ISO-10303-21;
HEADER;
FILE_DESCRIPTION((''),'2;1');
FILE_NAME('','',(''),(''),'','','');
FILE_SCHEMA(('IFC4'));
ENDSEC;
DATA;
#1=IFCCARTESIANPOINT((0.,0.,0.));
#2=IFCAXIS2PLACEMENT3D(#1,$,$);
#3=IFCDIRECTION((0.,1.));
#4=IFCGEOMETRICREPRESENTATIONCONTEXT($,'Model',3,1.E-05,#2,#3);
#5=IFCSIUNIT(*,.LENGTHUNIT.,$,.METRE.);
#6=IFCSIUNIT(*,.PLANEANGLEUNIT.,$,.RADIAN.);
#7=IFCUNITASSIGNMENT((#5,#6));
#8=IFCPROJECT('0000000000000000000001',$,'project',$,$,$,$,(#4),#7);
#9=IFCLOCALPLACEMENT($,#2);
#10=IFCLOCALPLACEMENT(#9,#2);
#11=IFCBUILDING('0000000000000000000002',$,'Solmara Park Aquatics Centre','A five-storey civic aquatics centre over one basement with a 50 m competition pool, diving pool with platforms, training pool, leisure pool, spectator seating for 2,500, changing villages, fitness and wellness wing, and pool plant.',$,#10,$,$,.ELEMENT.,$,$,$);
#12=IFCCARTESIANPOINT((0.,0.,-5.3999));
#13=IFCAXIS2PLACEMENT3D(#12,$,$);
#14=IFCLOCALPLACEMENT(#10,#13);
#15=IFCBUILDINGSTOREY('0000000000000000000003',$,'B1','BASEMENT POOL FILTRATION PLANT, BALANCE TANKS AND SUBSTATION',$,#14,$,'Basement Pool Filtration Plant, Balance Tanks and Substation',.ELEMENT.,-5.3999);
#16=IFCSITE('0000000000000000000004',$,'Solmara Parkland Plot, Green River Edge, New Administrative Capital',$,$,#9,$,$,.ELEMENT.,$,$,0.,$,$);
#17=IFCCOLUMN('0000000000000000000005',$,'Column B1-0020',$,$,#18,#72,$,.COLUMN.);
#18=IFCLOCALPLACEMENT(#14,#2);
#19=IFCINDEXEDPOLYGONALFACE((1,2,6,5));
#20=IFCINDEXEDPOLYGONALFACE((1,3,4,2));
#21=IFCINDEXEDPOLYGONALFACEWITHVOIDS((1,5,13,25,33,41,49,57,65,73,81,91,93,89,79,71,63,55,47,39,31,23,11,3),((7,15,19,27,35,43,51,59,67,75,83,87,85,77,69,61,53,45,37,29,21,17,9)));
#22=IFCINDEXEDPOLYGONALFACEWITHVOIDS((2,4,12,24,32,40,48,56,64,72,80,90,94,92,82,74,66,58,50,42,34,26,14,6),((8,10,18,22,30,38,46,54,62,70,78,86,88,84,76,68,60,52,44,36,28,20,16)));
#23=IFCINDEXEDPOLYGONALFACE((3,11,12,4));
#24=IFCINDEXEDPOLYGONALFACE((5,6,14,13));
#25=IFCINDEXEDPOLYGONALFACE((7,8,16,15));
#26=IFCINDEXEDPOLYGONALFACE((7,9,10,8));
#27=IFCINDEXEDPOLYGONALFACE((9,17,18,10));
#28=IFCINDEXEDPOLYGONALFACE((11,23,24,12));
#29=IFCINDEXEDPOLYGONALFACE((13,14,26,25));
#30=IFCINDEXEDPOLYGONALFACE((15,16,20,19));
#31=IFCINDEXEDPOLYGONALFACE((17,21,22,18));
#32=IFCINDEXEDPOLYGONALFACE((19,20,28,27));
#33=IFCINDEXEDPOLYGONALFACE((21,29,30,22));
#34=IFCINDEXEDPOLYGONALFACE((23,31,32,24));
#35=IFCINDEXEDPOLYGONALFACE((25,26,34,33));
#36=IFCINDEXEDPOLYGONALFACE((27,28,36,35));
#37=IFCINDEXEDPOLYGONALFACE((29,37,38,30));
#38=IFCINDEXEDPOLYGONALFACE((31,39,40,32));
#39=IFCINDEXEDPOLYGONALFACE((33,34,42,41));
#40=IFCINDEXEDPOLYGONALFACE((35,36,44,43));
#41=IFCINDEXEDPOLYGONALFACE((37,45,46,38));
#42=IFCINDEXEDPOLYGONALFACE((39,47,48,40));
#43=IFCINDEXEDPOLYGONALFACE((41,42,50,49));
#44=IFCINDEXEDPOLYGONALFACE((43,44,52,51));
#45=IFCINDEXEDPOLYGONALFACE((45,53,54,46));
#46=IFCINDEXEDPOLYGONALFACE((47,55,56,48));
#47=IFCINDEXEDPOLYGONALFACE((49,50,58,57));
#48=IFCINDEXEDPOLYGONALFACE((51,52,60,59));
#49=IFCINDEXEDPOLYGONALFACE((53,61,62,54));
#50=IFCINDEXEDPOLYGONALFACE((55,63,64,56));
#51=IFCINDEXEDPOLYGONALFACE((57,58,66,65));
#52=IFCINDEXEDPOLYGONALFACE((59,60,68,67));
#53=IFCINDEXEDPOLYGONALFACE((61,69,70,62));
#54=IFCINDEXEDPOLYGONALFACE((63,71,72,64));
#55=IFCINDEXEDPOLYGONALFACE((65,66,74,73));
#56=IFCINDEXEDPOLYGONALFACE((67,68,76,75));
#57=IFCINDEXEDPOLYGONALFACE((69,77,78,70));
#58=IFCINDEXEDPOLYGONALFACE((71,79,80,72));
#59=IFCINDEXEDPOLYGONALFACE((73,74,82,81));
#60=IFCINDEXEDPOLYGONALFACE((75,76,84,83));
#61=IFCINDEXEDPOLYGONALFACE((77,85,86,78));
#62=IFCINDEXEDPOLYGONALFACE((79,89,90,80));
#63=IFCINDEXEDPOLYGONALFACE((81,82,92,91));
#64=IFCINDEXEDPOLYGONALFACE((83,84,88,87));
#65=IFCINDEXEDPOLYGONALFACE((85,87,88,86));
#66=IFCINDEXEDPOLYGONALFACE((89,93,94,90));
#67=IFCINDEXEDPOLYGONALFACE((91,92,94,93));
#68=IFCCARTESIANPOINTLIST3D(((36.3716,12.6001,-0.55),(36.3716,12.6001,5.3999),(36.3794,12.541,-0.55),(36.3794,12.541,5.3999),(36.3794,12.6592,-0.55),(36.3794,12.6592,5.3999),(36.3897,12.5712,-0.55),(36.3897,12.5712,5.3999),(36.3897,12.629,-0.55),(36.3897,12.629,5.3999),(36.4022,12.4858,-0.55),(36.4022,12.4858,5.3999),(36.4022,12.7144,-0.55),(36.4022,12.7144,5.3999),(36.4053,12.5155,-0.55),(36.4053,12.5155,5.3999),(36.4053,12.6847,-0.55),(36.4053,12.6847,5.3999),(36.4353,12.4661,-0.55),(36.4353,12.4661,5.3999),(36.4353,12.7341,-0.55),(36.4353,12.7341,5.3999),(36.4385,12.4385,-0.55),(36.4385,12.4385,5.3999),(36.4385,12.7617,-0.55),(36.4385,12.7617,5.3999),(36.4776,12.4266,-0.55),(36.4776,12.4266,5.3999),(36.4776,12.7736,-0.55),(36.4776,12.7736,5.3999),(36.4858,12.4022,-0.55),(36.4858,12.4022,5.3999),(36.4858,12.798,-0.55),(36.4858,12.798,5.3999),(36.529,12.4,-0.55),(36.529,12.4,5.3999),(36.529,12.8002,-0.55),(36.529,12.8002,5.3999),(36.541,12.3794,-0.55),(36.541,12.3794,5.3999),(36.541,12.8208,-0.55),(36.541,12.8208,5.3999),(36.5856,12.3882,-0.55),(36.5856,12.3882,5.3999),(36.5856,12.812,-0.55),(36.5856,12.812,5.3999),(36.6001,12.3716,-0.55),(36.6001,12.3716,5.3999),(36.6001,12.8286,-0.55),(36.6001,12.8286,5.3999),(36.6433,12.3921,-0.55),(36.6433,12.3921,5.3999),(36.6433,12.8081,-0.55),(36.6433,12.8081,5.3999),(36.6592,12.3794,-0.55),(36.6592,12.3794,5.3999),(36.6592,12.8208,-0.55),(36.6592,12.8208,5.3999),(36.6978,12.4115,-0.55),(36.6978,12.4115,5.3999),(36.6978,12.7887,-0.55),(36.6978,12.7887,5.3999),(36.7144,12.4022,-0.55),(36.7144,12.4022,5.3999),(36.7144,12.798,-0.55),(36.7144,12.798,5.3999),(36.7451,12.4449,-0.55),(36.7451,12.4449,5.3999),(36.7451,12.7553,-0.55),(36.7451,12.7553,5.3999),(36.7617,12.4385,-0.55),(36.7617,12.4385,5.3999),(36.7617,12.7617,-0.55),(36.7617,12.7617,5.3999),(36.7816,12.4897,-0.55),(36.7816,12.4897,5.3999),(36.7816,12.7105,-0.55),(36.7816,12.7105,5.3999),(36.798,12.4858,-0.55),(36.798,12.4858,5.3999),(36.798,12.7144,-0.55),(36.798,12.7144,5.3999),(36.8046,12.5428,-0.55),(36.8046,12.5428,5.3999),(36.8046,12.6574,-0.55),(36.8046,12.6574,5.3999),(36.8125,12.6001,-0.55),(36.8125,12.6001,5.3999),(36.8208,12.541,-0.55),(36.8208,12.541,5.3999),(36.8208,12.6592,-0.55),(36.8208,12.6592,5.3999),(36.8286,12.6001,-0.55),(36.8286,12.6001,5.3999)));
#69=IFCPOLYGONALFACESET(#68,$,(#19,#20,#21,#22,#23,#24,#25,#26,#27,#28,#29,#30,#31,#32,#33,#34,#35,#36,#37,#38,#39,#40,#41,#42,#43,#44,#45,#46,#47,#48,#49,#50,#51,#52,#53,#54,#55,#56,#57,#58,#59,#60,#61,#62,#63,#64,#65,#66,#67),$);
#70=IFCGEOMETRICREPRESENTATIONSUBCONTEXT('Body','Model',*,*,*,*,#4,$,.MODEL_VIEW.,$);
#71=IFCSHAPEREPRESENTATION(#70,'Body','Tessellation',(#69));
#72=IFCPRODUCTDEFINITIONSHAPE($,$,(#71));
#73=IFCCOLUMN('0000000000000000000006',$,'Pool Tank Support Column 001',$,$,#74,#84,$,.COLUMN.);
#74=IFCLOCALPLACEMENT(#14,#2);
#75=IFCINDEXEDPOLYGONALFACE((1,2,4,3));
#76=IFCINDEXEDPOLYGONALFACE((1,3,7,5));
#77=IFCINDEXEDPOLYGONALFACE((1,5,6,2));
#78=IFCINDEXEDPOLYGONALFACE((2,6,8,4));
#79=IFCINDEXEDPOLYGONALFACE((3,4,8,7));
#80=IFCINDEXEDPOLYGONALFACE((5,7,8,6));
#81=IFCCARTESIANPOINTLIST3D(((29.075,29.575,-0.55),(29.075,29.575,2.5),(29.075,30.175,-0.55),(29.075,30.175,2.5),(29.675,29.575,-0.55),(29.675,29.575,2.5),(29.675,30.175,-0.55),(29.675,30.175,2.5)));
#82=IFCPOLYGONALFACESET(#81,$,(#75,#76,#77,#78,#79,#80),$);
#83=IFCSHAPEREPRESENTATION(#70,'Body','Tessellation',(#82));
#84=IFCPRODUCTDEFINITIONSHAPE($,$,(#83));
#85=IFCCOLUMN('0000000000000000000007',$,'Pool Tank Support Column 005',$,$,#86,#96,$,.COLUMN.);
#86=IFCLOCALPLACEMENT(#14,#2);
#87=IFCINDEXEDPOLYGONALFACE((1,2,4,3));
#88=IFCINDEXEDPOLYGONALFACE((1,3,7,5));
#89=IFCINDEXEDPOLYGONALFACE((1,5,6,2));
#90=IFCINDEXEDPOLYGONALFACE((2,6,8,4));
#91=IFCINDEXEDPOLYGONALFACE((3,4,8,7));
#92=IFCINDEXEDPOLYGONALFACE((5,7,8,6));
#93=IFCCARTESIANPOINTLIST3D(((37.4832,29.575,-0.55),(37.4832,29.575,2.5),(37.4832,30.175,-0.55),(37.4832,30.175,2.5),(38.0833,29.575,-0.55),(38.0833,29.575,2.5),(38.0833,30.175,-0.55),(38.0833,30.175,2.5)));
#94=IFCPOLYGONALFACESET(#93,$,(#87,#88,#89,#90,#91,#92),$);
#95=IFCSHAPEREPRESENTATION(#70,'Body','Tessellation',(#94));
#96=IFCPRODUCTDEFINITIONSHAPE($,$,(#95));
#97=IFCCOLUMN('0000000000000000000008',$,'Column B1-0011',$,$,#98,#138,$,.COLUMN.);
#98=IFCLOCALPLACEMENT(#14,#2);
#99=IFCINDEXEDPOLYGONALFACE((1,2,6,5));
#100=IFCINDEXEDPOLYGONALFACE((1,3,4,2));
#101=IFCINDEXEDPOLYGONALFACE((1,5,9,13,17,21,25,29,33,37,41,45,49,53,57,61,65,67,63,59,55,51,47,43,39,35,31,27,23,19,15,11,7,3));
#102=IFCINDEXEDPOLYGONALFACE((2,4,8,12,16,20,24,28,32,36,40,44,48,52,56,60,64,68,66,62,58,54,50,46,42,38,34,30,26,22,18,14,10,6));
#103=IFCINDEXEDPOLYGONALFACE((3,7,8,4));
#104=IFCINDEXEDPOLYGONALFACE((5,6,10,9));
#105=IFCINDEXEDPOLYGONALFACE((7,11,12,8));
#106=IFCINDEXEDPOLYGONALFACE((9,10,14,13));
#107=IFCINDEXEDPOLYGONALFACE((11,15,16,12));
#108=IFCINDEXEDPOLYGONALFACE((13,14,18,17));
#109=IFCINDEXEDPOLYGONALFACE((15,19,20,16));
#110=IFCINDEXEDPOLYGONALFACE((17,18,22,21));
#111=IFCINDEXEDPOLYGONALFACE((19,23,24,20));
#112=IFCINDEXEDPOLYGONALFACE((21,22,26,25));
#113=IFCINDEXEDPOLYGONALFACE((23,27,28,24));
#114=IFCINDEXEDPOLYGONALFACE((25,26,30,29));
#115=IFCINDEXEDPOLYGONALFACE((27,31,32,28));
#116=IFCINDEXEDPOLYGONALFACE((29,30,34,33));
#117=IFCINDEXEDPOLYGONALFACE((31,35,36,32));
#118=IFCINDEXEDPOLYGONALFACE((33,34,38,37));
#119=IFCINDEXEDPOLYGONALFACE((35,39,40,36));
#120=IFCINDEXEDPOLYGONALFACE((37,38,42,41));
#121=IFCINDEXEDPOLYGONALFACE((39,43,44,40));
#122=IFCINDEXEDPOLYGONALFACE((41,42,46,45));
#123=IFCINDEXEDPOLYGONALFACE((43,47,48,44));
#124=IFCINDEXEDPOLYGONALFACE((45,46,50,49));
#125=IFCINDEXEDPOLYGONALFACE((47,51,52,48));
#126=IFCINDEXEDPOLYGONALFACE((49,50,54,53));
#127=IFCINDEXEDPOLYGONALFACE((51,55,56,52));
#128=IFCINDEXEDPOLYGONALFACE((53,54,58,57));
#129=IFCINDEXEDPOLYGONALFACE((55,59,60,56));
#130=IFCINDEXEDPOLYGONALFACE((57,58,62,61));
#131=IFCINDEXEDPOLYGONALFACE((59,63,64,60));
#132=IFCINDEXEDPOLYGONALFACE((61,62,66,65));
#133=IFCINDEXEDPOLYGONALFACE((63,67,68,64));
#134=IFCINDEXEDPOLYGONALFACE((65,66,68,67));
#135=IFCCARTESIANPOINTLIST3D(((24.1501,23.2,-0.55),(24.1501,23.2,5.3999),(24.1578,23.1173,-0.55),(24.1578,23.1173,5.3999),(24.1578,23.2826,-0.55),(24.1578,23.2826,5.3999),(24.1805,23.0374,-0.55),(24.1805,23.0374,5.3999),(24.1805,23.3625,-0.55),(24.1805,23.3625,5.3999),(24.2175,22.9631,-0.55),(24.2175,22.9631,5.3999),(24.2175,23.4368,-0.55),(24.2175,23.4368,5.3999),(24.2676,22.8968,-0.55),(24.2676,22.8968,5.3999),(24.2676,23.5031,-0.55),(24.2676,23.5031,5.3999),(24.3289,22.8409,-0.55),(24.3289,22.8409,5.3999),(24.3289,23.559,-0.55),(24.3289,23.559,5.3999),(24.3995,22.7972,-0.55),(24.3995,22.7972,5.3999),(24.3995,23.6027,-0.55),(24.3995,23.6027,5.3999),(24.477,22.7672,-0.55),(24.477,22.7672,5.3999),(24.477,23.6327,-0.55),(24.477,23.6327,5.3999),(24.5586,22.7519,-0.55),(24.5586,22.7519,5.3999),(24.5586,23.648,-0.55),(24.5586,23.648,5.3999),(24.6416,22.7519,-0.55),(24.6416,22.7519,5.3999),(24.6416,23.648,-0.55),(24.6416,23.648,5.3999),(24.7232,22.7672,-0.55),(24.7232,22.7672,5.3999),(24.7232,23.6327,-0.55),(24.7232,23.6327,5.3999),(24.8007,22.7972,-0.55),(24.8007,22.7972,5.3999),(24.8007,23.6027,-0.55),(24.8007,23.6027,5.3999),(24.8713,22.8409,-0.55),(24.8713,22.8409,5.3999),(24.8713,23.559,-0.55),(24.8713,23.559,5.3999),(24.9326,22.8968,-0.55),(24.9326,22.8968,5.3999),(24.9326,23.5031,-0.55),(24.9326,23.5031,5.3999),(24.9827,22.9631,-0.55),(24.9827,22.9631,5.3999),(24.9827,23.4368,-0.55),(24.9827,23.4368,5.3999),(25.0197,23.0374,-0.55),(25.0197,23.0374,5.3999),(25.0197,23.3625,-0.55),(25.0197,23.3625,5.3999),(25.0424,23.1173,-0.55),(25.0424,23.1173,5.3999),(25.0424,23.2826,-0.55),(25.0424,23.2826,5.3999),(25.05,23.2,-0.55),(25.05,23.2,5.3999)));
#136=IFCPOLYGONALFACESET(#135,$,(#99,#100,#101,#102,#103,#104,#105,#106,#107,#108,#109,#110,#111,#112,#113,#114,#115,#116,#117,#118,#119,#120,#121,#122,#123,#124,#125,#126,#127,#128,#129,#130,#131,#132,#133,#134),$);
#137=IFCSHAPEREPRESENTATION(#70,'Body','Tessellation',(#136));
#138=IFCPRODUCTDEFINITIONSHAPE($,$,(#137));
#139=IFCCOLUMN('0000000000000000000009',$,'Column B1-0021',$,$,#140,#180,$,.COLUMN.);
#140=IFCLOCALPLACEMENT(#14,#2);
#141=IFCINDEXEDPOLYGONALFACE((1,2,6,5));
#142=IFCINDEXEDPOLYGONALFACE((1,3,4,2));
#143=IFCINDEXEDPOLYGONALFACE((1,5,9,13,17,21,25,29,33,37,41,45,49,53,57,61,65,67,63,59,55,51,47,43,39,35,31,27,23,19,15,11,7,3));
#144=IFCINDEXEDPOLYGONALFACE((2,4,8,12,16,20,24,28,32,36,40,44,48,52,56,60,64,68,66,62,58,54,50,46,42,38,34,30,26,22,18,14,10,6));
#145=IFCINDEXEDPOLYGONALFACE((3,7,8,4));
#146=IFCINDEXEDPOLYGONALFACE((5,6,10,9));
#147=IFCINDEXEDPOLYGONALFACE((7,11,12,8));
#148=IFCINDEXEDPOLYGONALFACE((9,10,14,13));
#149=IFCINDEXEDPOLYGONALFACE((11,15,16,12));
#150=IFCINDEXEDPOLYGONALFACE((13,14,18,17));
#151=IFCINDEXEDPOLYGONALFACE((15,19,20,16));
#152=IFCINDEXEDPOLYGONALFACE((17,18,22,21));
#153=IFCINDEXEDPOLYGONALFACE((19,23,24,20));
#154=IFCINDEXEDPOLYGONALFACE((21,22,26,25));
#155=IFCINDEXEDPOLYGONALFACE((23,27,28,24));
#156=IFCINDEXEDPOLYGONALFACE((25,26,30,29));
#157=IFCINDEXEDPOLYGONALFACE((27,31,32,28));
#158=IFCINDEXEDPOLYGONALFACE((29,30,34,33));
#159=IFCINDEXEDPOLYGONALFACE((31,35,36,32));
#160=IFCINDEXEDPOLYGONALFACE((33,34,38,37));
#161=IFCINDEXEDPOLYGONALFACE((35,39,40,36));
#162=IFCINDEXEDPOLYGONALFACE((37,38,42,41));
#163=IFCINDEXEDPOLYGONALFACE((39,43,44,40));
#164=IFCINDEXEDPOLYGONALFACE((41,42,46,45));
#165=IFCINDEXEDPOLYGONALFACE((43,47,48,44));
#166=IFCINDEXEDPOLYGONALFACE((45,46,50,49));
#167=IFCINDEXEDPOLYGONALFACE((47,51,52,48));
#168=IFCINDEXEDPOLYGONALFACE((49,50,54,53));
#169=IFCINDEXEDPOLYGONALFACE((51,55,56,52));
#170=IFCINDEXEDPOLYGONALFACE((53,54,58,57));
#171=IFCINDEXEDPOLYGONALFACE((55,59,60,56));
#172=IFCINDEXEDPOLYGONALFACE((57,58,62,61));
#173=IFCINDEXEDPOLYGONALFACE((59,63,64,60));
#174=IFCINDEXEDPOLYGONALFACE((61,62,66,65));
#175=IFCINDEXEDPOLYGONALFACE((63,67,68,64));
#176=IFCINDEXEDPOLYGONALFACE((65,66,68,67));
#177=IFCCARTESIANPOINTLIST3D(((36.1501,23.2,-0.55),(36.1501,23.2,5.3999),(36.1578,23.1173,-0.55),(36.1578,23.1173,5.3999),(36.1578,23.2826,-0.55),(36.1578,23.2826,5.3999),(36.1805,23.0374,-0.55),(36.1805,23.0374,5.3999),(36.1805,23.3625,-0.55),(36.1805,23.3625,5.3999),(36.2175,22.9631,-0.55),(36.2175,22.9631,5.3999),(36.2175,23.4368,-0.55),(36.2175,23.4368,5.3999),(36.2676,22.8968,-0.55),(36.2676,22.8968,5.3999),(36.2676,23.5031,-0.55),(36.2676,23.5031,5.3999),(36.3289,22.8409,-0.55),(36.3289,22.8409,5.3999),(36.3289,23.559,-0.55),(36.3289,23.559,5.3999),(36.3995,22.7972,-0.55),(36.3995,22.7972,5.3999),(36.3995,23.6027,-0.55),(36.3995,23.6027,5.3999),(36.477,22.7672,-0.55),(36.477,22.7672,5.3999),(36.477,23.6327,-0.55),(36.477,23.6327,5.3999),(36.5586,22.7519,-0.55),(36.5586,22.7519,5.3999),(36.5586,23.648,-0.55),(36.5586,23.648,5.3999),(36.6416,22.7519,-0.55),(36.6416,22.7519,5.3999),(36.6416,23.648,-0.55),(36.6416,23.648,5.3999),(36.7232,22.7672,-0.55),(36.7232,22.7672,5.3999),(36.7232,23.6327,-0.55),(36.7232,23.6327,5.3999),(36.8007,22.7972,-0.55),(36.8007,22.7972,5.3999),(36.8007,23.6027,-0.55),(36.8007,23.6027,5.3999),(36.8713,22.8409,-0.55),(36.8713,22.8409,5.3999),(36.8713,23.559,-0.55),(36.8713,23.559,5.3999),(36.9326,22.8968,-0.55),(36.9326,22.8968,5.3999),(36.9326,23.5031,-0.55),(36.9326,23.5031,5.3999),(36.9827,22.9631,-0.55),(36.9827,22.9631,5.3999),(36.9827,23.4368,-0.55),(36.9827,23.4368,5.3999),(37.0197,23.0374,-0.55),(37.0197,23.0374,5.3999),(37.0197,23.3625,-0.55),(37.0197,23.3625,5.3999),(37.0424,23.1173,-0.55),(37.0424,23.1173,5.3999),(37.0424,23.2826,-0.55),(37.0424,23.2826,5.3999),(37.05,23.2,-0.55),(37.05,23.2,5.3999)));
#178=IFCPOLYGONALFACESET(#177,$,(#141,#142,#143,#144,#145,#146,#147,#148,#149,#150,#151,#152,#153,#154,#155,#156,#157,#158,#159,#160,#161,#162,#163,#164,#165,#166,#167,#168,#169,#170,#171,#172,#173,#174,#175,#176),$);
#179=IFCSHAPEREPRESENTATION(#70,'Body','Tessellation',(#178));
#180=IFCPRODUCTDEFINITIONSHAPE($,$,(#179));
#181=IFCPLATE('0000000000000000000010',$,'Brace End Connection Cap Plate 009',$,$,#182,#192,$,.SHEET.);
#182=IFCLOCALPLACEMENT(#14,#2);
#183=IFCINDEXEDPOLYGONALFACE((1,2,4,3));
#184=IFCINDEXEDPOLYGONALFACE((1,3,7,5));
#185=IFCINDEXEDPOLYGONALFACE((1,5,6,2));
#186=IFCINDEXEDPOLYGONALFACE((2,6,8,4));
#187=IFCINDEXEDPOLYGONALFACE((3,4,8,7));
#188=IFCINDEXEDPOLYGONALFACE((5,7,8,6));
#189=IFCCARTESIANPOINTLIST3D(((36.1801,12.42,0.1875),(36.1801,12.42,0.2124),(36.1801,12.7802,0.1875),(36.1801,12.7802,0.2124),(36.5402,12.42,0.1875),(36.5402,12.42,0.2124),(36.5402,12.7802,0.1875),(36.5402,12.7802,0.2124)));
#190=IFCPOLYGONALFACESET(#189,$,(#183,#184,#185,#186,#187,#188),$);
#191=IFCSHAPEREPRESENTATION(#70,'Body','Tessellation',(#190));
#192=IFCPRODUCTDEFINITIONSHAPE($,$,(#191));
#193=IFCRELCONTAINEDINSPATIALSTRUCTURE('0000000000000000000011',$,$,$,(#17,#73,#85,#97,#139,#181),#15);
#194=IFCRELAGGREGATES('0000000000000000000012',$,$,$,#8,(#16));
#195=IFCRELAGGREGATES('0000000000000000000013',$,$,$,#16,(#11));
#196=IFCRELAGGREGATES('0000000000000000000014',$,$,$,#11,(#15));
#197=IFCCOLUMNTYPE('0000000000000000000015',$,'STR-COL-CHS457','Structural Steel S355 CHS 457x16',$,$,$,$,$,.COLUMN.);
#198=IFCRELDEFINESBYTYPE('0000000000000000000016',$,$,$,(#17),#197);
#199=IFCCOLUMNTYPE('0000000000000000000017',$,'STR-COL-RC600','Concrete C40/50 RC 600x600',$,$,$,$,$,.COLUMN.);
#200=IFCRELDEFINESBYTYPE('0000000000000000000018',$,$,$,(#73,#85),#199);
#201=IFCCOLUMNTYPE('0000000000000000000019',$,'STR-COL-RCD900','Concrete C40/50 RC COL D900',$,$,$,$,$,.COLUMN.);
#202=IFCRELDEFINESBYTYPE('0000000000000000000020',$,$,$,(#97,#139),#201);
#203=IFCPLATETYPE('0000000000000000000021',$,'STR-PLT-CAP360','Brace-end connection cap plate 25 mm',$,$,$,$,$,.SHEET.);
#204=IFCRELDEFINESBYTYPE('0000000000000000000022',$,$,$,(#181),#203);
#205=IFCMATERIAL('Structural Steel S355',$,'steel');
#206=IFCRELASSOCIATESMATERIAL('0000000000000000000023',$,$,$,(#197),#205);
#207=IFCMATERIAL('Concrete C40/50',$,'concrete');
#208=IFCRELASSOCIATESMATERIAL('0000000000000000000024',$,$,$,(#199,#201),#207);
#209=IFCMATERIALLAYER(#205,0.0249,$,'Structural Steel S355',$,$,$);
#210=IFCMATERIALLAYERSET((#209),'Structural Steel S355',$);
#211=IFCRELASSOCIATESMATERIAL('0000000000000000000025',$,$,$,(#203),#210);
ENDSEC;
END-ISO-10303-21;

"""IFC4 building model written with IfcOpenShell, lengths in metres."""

from ifc_helpers import new_model, si_unit, direction, frame, origin, origin_2d, place, context, subcontext, project, spatial, rectangle, circle, hollow_circle, extrude, material, layer, layer_set, material_profile, profile_set, type_object, element, save


model = new_model("IFC4")

# Units and contexts
model_context = context("Model", 3, precision=1e-05, world=origin(), true_north=direction((0.0, 1.0)))
body_context = subcontext(model_context, "Body", "Model", "MODEL_VIEW")
ifc_project = project(units=[si_unit("LENGTHUNIT", "METRE"), si_unit("PLANEANGLEUNIT", "RADIAN")], contexts=[model_context])

# Site, building, storey
site_placement = place(None, origin())
site = spatial("IfcSite", under=ifc_project, at=site_placement, Name="Solmara Parkland Plot, Green River Edge, New Administrative Capital", CompositionType="ELEMENT", RefElevation=0.0)
building_placement = place(site_placement, origin())
building = spatial("IfcBuilding", under=site, at=building_placement, Name="Solmara Park Aquatics Centre", Description="A five-storey civic aquatics centre over one basement with a 50 m competition pool, diving pool with platforms, training pool, leisure pool, spectator seating for 2,500, changing villages, fitness and wellness wing, and pool plant.", CompositionType="ELEMENT")
storey_placement = place(building_placement, frame((0.0, 0.0, -5.3999)))
storey = spatial("IfcBuildingStorey", under=building, at=storey_placement, Name="B1", Description="BASEMENT POOL FILTRATION PLANT, BALANCE TANKS AND SUBSTATION", LongName="Basement Pool Filtration Plant, Balance Tanks and Substation", CompositionType="ELEMENT", Elevation=-5.3999)

# Columns
ifc_material_1 = material(Name="Structural Steel S355", Category="steel")
ifc_material_profile_1 = material_profile(ifc_material_1, hollow_circle(Radius=0.2285, WallThickness=0.0161, at=origin_2d()), Name="CHS 457x16")
ifc_profile_set_1 = profile_set([ifc_material_profile_1], Name="Structural Steel S355")
column_type_1 = type_object("IfcColumnType", Name="STR-COL-CHS457", Description="Structural Steel S355 CHS 457x16", PredefinedType="COLUMN", material=ifc_profile_set_1)
column_1_placement = place(storey_placement, frame((36.6001, 12.6001, -0.55), z_axis=(0.0, 0.0, 1.0), x_axis=(1.0, 0.0, 0.0)))
element("IfcColumn", 1, at=column_1_placement, inside=storey, type_object=column_type_1, Name="Column B1-0020", PredefinedType="COLUMN", context=body_context, shape_type="SweptSolid", body=[
    extrude(hollow_circle(Radius=0.2285, WallThickness=0.0161, at=origin_2d()), origin(), (0.0, 0.0, 1.0), 5.95),
])
ifc_material_2 = material(Name="Concrete C40/50", Category="concrete")
ifc_material_profile_2 = material_profile(ifc_material_2, rectangle(XDim=0.6001, YDim=0.6001, at=origin_2d()), Name="RC 600x600")
ifc_profile_set_2 = profile_set([ifc_material_profile_2], Name="Concrete C40/50")
column_type_2 = type_object("IfcColumnType", Name="STR-COL-RC600", Description="Concrete C40/50 RC 600x600", PredefinedType="COLUMN", material=ifc_profile_set_2)
for number, where, z_axis, x_axis, name in (
    (2, (29.375, 29.875, -0.55), (0.0, 0.0, 1.0), (1.0, 0.0, 0.0), "Pool Tank Support Column 001"),
    (3, (37.7832, 29.875, -0.55), (0.0, 0.0, 1.0), (1.0, 0.0, 0.0), "Pool Tank Support Column 005"),
):
    element("IfcColumn", number, at=place(storey_placement, frame(where, z_axis=z_axis, x_axis=x_axis)), inside=storey, type_object=column_type_2, Name=name, PredefinedType="COLUMN", context=body_context, shape_type="SweptSolid", body=[
        extrude(rectangle(XDim=0.6001, YDim=0.6001, at=origin_2d()), origin(), (0.0, 0.0, 1.0), 3.05),
    ])
ifc_material_profile_3 = material_profile(ifc_material_2, circle(Radius=0.45, at=origin_2d()), Name="RC COL D900")
ifc_profile_set_3 = profile_set([ifc_material_profile_3], Name="Concrete C40/50")
column_type_3 = type_object("IfcColumnType", Name="STR-COL-RCD900", Description="Concrete C40/50 RC COL D900", PredefinedType="COLUMN", material=ifc_profile_set_3)
for number, where, z_axis, x_axis, name in (
    (4, (24.6001, 23.2, -0.55), (0.0, 0.0, 1.0), (1.0, 0.0, 0.0), "Column B1-0011"),
    (5, (36.6001, 23.2, -0.55), (0.0, 0.0, 1.0), (1.0, 0.0, 0.0), "Column B1-0021"),
):
    element("IfcColumn", number, at=place(storey_placement, frame(where, z_axis=z_axis, x_axis=x_axis)), inside=storey, type_object=column_type_3, Name=name, PredefinedType="COLUMN", context=body_context, shape_type="SweptSolid", body=[
        extrude(circle(Radius=0.45, at=origin_2d()), origin(), (0.0, 0.0, 1.0), 5.95),
    ])

# Plate
ifc_layer_1 = layer(ifc_material_1, 0.0249, Name="Structural Steel S355")
ifc_layer_set_1 = layer_set([ifc_layer_1], Name="Structural Steel S355")
plate_type = type_object("IfcPlateType", Name="STR-PLT-CAP360", Description="Brace-end connection cap plate 25 mm", PredefinedType="SHEET", material=ifc_layer_set_1)
plate_placement = place(storey_placement, frame((36.3601, 12.6001, 0.1875), z_axis=(0.0, 0.0, 1.0), x_axis=(1.0, 0.0, 0.0)))
element("IfcPlate", 6, at=plate_placement, inside=storey, type_object=plate_type, Name="Brace End Connection Cap Plate 009", PredefinedType="SHEET", context=body_context, shape_type="SweptSolid", body=[
    extrude(rectangle(XDim=0.3601, YDim=0.3601, at=origin_2d()), origin(), (0.0, 0.0, 1.0), 0.0249),
])

save(model, "model.ifc")
